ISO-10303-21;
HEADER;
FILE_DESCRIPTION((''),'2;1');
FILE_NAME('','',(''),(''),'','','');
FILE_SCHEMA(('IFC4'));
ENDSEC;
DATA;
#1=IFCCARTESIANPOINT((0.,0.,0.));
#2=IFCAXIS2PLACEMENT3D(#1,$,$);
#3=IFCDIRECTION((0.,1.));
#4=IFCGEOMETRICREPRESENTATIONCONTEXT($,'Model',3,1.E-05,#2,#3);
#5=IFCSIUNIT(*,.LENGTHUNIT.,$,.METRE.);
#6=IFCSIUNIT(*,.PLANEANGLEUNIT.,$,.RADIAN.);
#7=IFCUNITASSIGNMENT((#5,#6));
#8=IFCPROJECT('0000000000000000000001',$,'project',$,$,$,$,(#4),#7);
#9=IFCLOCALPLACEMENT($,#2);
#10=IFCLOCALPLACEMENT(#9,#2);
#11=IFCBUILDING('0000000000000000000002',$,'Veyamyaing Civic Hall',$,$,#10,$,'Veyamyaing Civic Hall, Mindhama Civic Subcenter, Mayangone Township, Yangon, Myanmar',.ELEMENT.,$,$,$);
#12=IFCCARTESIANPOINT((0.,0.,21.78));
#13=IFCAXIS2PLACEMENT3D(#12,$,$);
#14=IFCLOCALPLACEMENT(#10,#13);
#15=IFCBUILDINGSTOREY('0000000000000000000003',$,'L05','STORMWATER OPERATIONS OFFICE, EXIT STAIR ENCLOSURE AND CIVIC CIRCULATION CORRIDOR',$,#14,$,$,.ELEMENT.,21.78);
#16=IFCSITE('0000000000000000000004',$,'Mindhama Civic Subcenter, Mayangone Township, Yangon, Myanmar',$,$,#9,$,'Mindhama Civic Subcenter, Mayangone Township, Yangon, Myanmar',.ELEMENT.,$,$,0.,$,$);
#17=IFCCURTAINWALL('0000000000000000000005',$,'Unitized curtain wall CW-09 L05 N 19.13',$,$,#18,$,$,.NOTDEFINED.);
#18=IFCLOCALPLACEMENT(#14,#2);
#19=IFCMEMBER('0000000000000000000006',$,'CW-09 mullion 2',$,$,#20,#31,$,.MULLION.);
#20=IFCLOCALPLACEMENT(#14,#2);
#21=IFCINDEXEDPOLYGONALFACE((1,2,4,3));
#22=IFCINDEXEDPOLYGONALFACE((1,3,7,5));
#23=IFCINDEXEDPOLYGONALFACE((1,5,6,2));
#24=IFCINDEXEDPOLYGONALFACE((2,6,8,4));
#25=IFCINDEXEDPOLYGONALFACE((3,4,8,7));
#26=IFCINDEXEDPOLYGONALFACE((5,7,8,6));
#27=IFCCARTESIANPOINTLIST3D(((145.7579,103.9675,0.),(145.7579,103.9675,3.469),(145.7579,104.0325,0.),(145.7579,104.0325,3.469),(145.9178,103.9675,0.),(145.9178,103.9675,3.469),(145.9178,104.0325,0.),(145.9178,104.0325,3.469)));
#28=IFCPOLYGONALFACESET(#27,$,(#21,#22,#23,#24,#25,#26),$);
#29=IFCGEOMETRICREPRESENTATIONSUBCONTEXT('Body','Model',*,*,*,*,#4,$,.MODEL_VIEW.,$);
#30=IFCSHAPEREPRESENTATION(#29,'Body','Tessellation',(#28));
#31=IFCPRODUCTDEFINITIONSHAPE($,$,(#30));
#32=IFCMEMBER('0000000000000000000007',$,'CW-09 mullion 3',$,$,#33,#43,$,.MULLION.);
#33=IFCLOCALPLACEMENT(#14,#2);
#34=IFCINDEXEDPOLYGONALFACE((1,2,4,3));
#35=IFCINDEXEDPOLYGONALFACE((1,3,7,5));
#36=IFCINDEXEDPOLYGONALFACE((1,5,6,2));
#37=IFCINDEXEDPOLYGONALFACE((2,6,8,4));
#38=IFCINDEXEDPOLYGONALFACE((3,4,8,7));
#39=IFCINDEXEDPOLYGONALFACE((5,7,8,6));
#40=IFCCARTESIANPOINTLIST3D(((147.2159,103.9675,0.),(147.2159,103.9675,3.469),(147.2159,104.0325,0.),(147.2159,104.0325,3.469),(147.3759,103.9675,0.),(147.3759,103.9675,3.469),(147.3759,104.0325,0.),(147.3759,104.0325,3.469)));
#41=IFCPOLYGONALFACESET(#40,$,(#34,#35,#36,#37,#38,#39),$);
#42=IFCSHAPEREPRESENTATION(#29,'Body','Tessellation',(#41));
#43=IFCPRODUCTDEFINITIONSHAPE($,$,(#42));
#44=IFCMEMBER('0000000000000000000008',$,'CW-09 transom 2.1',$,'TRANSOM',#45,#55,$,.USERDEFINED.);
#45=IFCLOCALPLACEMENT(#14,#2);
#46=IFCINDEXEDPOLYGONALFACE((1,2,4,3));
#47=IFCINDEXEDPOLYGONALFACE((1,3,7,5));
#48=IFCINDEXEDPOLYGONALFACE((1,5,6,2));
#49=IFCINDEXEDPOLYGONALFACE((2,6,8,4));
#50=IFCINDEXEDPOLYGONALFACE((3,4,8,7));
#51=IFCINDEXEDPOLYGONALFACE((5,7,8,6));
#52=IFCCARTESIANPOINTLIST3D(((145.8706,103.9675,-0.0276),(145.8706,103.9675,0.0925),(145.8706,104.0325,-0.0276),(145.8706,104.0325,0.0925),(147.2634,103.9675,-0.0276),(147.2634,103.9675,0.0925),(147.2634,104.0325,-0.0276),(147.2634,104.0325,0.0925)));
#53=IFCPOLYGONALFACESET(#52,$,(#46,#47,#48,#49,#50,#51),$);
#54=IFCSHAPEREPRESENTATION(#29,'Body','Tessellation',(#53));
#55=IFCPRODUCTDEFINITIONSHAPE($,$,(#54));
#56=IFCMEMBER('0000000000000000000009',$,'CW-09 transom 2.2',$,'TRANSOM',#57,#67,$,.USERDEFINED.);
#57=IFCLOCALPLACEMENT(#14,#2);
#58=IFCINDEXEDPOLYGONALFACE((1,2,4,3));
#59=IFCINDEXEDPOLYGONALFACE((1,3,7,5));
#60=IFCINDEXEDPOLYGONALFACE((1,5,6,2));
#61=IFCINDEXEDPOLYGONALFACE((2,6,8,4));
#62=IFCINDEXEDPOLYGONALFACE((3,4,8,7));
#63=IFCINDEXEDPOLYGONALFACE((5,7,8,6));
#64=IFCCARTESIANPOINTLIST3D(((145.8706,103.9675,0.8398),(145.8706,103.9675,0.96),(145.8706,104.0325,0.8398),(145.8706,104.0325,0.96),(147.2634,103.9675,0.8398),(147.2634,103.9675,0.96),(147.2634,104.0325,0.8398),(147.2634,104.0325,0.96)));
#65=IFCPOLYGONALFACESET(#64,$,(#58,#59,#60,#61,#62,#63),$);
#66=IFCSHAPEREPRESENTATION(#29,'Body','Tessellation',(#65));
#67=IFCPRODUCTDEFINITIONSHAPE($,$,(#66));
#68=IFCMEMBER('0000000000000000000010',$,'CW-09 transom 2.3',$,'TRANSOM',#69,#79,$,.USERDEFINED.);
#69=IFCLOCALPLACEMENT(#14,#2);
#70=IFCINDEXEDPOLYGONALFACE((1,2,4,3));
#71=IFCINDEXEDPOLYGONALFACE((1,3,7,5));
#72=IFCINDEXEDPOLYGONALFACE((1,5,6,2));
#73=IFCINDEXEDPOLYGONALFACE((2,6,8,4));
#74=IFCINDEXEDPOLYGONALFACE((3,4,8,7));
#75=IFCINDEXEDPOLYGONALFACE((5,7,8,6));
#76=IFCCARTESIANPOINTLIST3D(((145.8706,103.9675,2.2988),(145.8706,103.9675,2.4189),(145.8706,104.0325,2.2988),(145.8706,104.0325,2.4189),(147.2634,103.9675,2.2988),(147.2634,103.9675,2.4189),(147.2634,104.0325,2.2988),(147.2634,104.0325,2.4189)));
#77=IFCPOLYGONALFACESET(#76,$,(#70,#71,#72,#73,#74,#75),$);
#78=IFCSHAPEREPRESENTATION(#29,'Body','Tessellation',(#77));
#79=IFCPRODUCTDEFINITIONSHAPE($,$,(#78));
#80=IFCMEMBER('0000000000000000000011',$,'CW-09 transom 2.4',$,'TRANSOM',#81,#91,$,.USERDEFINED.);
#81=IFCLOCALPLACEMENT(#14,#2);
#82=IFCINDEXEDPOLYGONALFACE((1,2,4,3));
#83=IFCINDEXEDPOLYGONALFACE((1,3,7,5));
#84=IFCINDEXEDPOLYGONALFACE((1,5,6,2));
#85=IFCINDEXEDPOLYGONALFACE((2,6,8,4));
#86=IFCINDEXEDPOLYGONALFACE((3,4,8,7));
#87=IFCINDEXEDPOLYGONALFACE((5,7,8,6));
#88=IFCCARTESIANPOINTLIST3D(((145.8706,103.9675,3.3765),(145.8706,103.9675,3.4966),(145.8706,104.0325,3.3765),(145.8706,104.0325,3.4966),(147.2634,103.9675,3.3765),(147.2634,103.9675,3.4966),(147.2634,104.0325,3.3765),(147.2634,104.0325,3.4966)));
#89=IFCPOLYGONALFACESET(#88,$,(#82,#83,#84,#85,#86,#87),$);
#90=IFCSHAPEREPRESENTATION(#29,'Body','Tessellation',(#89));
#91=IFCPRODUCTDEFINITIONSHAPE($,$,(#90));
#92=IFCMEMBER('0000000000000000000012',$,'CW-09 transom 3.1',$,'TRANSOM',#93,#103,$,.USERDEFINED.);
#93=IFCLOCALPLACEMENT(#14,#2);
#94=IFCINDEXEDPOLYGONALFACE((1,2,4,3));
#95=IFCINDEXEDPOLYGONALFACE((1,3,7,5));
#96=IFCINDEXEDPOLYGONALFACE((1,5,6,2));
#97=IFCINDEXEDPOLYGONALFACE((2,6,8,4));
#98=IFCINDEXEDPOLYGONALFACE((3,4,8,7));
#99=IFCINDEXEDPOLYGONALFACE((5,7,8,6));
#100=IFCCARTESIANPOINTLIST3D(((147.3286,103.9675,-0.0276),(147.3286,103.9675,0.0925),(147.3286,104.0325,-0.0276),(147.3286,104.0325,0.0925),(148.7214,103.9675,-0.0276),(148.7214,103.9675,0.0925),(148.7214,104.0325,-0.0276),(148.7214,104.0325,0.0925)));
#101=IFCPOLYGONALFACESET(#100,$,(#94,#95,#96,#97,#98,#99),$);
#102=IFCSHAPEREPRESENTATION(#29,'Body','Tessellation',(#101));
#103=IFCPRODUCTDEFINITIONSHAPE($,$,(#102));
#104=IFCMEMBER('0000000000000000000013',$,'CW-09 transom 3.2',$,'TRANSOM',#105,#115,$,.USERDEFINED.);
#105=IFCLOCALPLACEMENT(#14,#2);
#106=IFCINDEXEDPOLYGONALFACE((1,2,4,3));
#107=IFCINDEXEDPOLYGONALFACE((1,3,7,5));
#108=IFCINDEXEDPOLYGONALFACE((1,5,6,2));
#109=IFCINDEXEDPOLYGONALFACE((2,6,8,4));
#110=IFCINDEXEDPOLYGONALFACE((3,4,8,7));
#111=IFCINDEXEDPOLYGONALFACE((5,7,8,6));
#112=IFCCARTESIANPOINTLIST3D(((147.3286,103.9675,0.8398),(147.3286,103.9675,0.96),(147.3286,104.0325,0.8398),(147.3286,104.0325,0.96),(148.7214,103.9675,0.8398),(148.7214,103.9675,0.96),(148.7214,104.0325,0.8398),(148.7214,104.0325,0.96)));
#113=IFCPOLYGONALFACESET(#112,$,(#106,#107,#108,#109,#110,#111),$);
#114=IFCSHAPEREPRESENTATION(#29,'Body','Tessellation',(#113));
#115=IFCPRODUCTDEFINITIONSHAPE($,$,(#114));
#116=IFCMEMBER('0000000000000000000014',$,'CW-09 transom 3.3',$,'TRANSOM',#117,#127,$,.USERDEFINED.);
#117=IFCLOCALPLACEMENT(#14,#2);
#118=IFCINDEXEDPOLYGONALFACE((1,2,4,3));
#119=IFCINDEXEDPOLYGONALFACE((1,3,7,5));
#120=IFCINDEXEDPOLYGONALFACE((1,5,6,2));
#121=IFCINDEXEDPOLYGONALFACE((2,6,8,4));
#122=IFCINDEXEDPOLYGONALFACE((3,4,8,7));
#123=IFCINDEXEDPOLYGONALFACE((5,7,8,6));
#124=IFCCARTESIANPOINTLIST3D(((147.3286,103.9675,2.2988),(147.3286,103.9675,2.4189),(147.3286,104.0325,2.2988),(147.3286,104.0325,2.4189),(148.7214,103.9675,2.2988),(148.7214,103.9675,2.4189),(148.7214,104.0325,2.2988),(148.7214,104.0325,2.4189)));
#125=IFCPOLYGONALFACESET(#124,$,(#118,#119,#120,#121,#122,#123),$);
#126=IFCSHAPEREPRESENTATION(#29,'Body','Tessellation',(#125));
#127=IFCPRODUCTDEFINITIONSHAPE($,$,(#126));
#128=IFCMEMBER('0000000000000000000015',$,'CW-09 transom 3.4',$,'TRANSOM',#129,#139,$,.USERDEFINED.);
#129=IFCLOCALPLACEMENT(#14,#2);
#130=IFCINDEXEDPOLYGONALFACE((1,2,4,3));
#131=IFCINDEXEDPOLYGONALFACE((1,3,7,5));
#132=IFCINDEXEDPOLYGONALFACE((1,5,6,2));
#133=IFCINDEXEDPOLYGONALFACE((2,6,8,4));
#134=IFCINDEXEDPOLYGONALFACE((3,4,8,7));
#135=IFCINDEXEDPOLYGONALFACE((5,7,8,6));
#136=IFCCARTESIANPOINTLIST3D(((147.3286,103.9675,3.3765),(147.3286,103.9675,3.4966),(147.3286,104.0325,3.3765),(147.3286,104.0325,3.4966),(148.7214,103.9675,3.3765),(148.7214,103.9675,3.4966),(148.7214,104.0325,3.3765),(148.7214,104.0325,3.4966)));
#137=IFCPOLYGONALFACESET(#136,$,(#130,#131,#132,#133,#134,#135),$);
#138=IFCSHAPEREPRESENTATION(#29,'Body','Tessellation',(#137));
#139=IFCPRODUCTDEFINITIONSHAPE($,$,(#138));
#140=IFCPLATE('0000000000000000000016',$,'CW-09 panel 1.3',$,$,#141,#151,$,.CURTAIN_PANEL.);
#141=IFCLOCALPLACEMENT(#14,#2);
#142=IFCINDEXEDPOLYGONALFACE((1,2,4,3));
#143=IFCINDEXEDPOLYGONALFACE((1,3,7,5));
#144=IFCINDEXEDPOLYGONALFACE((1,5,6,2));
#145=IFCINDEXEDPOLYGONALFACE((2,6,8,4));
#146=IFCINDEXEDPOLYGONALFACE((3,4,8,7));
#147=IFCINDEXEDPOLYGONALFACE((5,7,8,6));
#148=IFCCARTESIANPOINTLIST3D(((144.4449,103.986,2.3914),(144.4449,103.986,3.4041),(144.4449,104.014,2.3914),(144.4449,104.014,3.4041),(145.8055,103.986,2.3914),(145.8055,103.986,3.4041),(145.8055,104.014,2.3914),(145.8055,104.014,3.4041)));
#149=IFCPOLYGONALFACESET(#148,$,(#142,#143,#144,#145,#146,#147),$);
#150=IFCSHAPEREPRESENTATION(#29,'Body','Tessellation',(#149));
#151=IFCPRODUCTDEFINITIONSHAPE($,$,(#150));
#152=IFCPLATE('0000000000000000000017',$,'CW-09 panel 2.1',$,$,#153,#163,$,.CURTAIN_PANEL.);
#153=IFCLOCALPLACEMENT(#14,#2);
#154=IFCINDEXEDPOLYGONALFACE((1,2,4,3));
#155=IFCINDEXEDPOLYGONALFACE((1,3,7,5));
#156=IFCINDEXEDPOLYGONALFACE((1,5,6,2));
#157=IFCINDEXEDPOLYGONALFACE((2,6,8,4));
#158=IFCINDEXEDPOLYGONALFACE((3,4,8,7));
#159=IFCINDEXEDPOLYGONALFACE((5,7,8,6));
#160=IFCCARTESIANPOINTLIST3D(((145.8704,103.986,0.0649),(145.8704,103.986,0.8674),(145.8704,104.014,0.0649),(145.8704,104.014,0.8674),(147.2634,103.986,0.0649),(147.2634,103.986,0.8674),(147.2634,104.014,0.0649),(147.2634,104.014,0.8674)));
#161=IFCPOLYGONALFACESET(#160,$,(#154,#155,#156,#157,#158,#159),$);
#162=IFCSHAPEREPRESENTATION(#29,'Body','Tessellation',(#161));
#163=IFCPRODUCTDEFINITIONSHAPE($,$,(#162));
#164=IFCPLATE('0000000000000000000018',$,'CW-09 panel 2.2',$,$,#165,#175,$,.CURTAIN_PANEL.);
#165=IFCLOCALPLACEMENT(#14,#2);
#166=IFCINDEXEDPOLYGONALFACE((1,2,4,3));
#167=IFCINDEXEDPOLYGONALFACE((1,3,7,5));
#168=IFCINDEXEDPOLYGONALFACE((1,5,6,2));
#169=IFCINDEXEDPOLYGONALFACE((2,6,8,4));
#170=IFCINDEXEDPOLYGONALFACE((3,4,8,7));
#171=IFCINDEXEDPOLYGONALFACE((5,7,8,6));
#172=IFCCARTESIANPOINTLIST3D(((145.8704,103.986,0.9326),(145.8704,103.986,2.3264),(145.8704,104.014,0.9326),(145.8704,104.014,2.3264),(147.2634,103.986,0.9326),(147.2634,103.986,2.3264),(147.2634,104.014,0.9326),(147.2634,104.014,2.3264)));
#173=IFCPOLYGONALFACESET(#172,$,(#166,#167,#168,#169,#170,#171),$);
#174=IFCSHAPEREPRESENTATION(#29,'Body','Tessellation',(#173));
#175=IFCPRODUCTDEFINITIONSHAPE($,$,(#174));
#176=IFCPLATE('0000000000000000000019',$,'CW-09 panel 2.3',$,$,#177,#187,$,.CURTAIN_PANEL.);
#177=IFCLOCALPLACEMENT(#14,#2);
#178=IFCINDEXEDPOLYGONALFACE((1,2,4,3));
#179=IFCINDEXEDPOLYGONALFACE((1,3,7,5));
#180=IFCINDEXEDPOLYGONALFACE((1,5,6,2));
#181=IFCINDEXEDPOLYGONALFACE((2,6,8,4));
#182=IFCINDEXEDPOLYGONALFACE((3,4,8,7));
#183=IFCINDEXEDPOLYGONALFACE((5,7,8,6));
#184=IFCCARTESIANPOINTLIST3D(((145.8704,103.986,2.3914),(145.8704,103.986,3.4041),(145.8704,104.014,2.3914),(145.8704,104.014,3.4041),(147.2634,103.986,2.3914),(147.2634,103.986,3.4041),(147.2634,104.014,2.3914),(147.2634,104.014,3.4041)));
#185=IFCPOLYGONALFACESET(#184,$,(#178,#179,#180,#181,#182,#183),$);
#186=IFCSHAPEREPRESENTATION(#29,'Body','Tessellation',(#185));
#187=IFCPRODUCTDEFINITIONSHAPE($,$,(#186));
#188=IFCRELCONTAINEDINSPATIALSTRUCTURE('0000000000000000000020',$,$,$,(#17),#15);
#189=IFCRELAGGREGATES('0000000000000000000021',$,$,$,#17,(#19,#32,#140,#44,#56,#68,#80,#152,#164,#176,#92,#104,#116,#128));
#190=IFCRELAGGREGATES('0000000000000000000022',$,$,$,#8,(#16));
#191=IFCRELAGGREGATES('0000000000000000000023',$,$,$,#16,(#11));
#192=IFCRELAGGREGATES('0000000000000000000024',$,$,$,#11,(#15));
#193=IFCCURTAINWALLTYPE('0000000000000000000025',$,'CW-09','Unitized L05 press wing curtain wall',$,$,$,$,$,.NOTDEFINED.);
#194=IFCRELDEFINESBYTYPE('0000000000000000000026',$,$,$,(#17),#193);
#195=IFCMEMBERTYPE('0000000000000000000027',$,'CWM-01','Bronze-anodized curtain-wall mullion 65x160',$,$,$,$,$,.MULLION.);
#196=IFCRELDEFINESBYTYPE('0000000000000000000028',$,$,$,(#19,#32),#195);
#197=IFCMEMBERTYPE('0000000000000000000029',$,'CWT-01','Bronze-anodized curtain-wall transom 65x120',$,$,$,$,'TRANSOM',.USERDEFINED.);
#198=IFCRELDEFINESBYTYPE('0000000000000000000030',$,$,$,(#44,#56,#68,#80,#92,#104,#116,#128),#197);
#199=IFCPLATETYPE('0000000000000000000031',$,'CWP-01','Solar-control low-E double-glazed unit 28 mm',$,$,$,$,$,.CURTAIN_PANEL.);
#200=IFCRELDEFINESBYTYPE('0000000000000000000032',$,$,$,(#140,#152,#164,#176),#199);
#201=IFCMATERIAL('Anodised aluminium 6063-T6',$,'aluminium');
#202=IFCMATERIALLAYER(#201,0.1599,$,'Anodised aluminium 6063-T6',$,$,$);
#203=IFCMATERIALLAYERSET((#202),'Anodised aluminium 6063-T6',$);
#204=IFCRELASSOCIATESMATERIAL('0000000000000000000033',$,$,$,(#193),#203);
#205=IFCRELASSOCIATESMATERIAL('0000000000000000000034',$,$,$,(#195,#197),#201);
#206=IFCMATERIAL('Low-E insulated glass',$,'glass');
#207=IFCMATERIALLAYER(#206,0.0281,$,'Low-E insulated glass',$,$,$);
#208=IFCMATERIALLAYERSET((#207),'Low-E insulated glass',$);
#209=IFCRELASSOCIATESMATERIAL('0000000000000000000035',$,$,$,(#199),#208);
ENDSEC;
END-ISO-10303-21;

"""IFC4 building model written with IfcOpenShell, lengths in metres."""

from ifc_helpers import new_model, si_unit, direction, frame, origin, origin_2d, place, context, subcontext, project, spatial, rectangle, extrude, material, layer, layer_set, material_profile, profile_set, type_object, element, aggregate, save


model = new_model("IFC4")

# Units and contexts
model_context = context("Model", 3, precision=1e-05, world=origin(), true_north=direction((0.0, 1.0)))
body_context = subcontext(model_context, "Body", "Model", "MODEL_VIEW")
ifc_project = project(units=[si_unit("LENGTHUNIT", "METRE"), si_unit("PLANEANGLEUNIT", "RADIAN")], contexts=[model_context])

# Site, building, storey
site_placement = place(None, origin())
site = spatial("IfcSite", under=ifc_project, at=site_placement, Name="Mindhama Civic Subcenter, Mayangone Township, Yangon, Myanmar", LongName="Mindhama Civic Subcenter, Mayangone Township, Yangon, Myanmar", CompositionType="ELEMENT", RefElevation=0.0)
building_placement = place(site_placement, origin())
building = spatial("IfcBuilding", under=site, at=building_placement, Name="Veyamyaing Civic Hall", LongName="Veyamyaing Civic Hall, Mindhama Civic Subcenter, Mayangone Township, Yangon, Myanmar", CompositionType="ELEMENT")
storey_placement = place(building_placement, frame((0.0, 0.0, 21.78)))
storey = spatial("IfcBuildingStorey", under=building, at=storey_placement, Name="L05", Description="STORMWATER OPERATIONS OFFICE, EXIT STAIR ENCLOSURE AND CIVIC CIRCULATION CORRIDOR", CompositionType="ELEMENT", Elevation=21.78)

# Curtain wall, members, plates
ifc_material_1 = material(Name="Anodised aluminium 6063-T6", Category="aluminium")
ifc_layer_1 = layer(ifc_material_1, 0.1599, Name="Anodised aluminium 6063-T6")
ifc_layer_set_1 = layer_set([ifc_layer_1], Name="Anodised aluminium 6063-T6")
curtain_wall_type = type_object("IfcCurtainWallType", Name="CW-09", Description="Unitized L05 press wing curtain wall", PredefinedType="NOTDEFINED", material=ifc_layer_set_1)
curtain_wall_placement = place(storey_placement, origin())
curtain_wall = element("IfcCurtainWall", 1, at=curtain_wall_placement, inside=storey, type_object=curtain_wall_type, Name="Unitized curtain wall CW-09 L05 N 19.13", PredefinedType="NOTDEFINED")
ifc_material_profile_1 = material_profile(ifc_material_1, rectangle(XDim=0.0649, YDim=0.1599, at=origin_2d()), Name="ALU-MUL-65X160")
ifc_profile_set_1 = profile_set([ifc_material_profile_1], Name="Anodised aluminium 6063-T6")
member_type_1 = type_object("IfcMemberType", Name="CWM-01", Description="Bronze-anodized curtain-wall mullion 65x160", PredefinedType="MULLION", material=ifc_profile_set_1)
member_1_placement = place(storey_placement, frame((145.8379, 104.0, 0.0), z_axis=(0.0, 0.0, 1.0), x_axis=(0.0, 1.0, 0.0)))
member_1 = element("IfcMember", 2, at=member_1_placement, type_object=member_type_1, Name="CW-09 mullion 2", PredefinedType="MULLION", context=body_context, shape_type="SweptSolid", body=[
    extrude(rectangle(XDim=0.0649, YDim=0.1599, at=origin_2d()), origin(), (0.0, 0.0, 1.0), 3.469),
])
member_2_placement = place(storey_placement, frame((147.2959, 104.0, 0.0), z_axis=(0.0, 0.0, 1.0), x_axis=(0.0, 1.0, 0.0)))
member_2 = element("IfcMember", 3, at=member_2_placement, type_object=member_type_1, Name="CW-09 mullion 3", PredefinedType="MULLION", context=body_context, shape_type="SweptSolid", body=[
    extrude(rectangle(XDim=0.0649, YDim=0.1599, at=origin_2d()), origin(), (0.0, 0.0, 1.0), 3.469),
])
ifc_material_profile_2 = material_profile(ifc_material_1, rectangle(XDim=0.0649, YDim=0.1201, at=origin_2d()), Name="ALU-TRN-65X120")
ifc_profile_set_2 = profile_set([ifc_material_profile_2], Name="Anodised aluminium 6063-T6")
member_type_2 = type_object("IfcMemberType", Name="CWT-01", Description="Bronze-anodized curtain-wall transom 65x120", ElementType="TRANSOM", PredefinedType="USERDEFINED", material=ifc_profile_set_2)
member_3_placement = place(storey_placement, frame((145.8706, 104.0, 0.0325), z_axis=(1.0, 0.0, 0.0), x_axis=(0.0, 1.0, 0.0)))
member_3 = element("IfcMember", 4, at=member_3_placement, type_object=member_type_2, Name="CW-09 transom 2.1", ObjectType="TRANSOM", PredefinedType="USERDEFINED", context=body_context, shape_type="SweptSolid", body=[
    extrude(rectangle(XDim=0.0649, YDim=0.1201, at=origin_2d()), origin(), (0.0, 0.0, 1.0), 1.3928),
])
member_4_placement = place(storey_placement, frame((145.8706, 104.0, 0.8999), z_axis=(1.0, 0.0, 0.0), x_axis=(0.0, 1.0, 0.0)))
member_4 = element("IfcMember", 5, at=member_4_placement, type_object=member_type_2, Name="CW-09 transom 2.2", ObjectType="TRANSOM", PredefinedType="USERDEFINED", context=body_context, shape_type="SweptSolid", body=[
    extrude(rectangle(XDim=0.0649, YDim=0.1201, at=origin_2d()), origin(), (0.0, 0.0, 1.0), 1.3928),
])
member_5_placement = place(storey_placement, frame((145.8706, 104.0, 2.3589), z_axis=(1.0, 0.0, 0.0), x_axis=(0.0, 1.0, 0.0)))
member_5 = element("IfcMember", 6, at=member_5_placement, type_object=member_type_2, Name="CW-09 transom 2.3", ObjectType="TRANSOM", PredefinedType="USERDEFINED", context=body_context, shape_type="SweptSolid", body=[
    extrude(rectangle(XDim=0.0649, YDim=0.1201, at=origin_2d()), origin(), (0.0, 0.0, 1.0), 1.3928),
])
member_6_placement = place(storey_placement, frame((145.8706, 104.0, 3.4365), z_axis=(1.0, 0.0, 0.0), x_axis=(0.0, 1.0, 0.0)))
member_6 = element("IfcMember", 7, at=member_6_placement, type_object=member_type_2, Name="CW-09 transom 2.4", ObjectType="TRANSOM", PredefinedType="USERDEFINED", context=body_context, shape_type="SweptSolid", body=[
    extrude(rectangle(XDim=0.0649, YDim=0.1201, at=origin_2d()), origin(), (0.0, 0.0, 1.0), 1.3928),
])
member_7_placement = place(storey_placement, frame((147.3286, 104.0, 0.0325), z_axis=(1.0, 0.0, 0.0), x_axis=(0.0, 1.0, 0.0)))
member_7 = element("IfcMember", 8, at=member_7_placement, type_object=member_type_2, Name="CW-09 transom 3.1", ObjectType="TRANSOM", PredefinedType="USERDEFINED", context=body_context, shape_type="SweptSolid", body=[
    extrude(rectangle(XDim=0.0649, YDim=0.1201, at=origin_2d()), origin(), (0.0, 0.0, 1.0), 1.3928),
])
member_8_placement = place(storey_placement, frame((147.3286, 104.0, 0.8999), z_axis=(1.0, 0.0, 0.0), x_axis=(0.0, 1.0, 0.0)))
member_8 = element("IfcMember", 9, at=member_8_placement, type_object=member_type_2, Name="CW-09 transom 3.2", ObjectType="TRANSOM", PredefinedType="USERDEFINED", context=body_context, shape_type="SweptSolid", body=[
    extrude(rectangle(XDim=0.0649, YDim=0.1201, at=origin_2d()), origin(), (0.0, 0.0, 1.0), 1.3928),
])
member_9_placement = place(storey_placement, frame((147.3286, 104.0, 2.3589), z_axis=(1.0, 0.0, 0.0), x_axis=(0.0, 1.0, 0.0)))
member_9 = element("IfcMember", 10, at=member_9_placement, type_object=member_type_2, Name="CW-09 transom 3.3", ObjectType="TRANSOM", PredefinedType="USERDEFINED", context=body_context, shape_type="SweptSolid", body=[
    extrude(rectangle(XDim=0.0649, YDim=0.1201, at=origin_2d()), origin(), (0.0, 0.0, 1.0), 1.3928),
])
member_10_placement = place(storey_placement, frame((147.3286, 104.0, 3.4365), z_axis=(1.0, 0.0, 0.0), x_axis=(0.0, 1.0, 0.0)))
member_10 = element("IfcMember", 11, at=member_10_placement, type_object=member_type_2, Name="CW-09 transom 3.4", ObjectType="TRANSOM", PredefinedType="USERDEFINED", context=body_context, shape_type="SweptSolid", body=[
    extrude(rectangle(XDim=0.0649, YDim=0.1201, at=origin_2d()), origin(), (0.0, 0.0, 1.0), 1.3928),
])
ifc_material_2 = material(Name="Low-E insulated glass", Category="glass")
ifc_layer_2 = layer(ifc_material_2, 0.0281, Name="Low-E insulated glass")
ifc_layer_set_2 = layer_set([ifc_layer_2], Name="Low-E insulated glass")
plate_type = type_object("IfcPlateType", Name="CWP-01", Description="Solar-control low-E double-glazed unit 28 mm", PredefinedType="CURTAIN_PANEL", material=ifc_layer_set_2)
plate_1_placement = place(storey_placement, frame((145.1252, 104.0, 2.3914), z_axis=(0.0, 0.0, 1.0), x_axis=(1.0, 0.0, 0.0)))
plate_1 = element("IfcPlate", 12, at=plate_1_placement, type_object=plate_type, Name="CW-09 panel 1.3", PredefinedType="CURTAIN_PANEL", context=body_context, shape_type="SweptSolid", body=[
    extrude(rectangle(XDim=1.3606, YDim=0.0281, at=origin_2d()), origin(), (0.0, 0.0, 1.0), 1.0127),
])
plate_2_placement = place(storey_placement, frame((146.5669, 104.0, 0.0649), z_axis=(0.0, 0.0, 1.0), x_axis=(1.0, 0.0, 0.0)))
plate_2 = element("IfcPlate", 13, at=plate_2_placement, type_object=plate_type, Name="CW-09 panel 2.1", PredefinedType="CURTAIN_PANEL", context=body_context, shape_type="SweptSolid", body=[
    extrude(rectangle(XDim=1.3931, YDim=0.0281, at=origin_2d()), origin(), (0.0, 0.0, 1.0), 0.8025),
])
plate_3_placement = place(storey_placement, frame((146.5669, 104.0, 0.9326), z_axis=(0.0, 0.0, 1.0), x_axis=(1.0, 0.0, 0.0)))
plate_3 = element("IfcPlate", 14, at=plate_3_placement, type_object=plate_type, Name="CW-09 panel 2.2", PredefinedType="CURTAIN_PANEL", context=body_context, shape_type="SweptSolid", body=[
    extrude(rectangle(XDim=1.3931, YDim=0.0281, at=origin_2d()), origin(), (0.0, 0.0, 1.0), 1.3938),
])
plate_4_placement = place(storey_placement, frame((146.5669, 104.0, 2.3914), z_axis=(0.0, 0.0, 1.0), x_axis=(1.0, 0.0, 0.0)))
plate_4 = element("IfcPlate", 15, at=plate_4_placement, type_object=plate_type, Name="CW-09 panel 2.3", PredefinedType="CURTAIN_PANEL", context=body_context, shape_type="SweptSolid", body=[
    extrude(rectangle(XDim=1.3931, YDim=0.0281, at=origin_2d()), origin(), (0.0, 0.0, 1.0), 1.0127),
])
aggregate(curtain_wall, [member_1, member_2, plate_1, member_3, member_4, member_5, member_6, plate_2, plate_3, plate_4, member_7, member_8, member_9, member_10])

save(model, "model.ifc")
